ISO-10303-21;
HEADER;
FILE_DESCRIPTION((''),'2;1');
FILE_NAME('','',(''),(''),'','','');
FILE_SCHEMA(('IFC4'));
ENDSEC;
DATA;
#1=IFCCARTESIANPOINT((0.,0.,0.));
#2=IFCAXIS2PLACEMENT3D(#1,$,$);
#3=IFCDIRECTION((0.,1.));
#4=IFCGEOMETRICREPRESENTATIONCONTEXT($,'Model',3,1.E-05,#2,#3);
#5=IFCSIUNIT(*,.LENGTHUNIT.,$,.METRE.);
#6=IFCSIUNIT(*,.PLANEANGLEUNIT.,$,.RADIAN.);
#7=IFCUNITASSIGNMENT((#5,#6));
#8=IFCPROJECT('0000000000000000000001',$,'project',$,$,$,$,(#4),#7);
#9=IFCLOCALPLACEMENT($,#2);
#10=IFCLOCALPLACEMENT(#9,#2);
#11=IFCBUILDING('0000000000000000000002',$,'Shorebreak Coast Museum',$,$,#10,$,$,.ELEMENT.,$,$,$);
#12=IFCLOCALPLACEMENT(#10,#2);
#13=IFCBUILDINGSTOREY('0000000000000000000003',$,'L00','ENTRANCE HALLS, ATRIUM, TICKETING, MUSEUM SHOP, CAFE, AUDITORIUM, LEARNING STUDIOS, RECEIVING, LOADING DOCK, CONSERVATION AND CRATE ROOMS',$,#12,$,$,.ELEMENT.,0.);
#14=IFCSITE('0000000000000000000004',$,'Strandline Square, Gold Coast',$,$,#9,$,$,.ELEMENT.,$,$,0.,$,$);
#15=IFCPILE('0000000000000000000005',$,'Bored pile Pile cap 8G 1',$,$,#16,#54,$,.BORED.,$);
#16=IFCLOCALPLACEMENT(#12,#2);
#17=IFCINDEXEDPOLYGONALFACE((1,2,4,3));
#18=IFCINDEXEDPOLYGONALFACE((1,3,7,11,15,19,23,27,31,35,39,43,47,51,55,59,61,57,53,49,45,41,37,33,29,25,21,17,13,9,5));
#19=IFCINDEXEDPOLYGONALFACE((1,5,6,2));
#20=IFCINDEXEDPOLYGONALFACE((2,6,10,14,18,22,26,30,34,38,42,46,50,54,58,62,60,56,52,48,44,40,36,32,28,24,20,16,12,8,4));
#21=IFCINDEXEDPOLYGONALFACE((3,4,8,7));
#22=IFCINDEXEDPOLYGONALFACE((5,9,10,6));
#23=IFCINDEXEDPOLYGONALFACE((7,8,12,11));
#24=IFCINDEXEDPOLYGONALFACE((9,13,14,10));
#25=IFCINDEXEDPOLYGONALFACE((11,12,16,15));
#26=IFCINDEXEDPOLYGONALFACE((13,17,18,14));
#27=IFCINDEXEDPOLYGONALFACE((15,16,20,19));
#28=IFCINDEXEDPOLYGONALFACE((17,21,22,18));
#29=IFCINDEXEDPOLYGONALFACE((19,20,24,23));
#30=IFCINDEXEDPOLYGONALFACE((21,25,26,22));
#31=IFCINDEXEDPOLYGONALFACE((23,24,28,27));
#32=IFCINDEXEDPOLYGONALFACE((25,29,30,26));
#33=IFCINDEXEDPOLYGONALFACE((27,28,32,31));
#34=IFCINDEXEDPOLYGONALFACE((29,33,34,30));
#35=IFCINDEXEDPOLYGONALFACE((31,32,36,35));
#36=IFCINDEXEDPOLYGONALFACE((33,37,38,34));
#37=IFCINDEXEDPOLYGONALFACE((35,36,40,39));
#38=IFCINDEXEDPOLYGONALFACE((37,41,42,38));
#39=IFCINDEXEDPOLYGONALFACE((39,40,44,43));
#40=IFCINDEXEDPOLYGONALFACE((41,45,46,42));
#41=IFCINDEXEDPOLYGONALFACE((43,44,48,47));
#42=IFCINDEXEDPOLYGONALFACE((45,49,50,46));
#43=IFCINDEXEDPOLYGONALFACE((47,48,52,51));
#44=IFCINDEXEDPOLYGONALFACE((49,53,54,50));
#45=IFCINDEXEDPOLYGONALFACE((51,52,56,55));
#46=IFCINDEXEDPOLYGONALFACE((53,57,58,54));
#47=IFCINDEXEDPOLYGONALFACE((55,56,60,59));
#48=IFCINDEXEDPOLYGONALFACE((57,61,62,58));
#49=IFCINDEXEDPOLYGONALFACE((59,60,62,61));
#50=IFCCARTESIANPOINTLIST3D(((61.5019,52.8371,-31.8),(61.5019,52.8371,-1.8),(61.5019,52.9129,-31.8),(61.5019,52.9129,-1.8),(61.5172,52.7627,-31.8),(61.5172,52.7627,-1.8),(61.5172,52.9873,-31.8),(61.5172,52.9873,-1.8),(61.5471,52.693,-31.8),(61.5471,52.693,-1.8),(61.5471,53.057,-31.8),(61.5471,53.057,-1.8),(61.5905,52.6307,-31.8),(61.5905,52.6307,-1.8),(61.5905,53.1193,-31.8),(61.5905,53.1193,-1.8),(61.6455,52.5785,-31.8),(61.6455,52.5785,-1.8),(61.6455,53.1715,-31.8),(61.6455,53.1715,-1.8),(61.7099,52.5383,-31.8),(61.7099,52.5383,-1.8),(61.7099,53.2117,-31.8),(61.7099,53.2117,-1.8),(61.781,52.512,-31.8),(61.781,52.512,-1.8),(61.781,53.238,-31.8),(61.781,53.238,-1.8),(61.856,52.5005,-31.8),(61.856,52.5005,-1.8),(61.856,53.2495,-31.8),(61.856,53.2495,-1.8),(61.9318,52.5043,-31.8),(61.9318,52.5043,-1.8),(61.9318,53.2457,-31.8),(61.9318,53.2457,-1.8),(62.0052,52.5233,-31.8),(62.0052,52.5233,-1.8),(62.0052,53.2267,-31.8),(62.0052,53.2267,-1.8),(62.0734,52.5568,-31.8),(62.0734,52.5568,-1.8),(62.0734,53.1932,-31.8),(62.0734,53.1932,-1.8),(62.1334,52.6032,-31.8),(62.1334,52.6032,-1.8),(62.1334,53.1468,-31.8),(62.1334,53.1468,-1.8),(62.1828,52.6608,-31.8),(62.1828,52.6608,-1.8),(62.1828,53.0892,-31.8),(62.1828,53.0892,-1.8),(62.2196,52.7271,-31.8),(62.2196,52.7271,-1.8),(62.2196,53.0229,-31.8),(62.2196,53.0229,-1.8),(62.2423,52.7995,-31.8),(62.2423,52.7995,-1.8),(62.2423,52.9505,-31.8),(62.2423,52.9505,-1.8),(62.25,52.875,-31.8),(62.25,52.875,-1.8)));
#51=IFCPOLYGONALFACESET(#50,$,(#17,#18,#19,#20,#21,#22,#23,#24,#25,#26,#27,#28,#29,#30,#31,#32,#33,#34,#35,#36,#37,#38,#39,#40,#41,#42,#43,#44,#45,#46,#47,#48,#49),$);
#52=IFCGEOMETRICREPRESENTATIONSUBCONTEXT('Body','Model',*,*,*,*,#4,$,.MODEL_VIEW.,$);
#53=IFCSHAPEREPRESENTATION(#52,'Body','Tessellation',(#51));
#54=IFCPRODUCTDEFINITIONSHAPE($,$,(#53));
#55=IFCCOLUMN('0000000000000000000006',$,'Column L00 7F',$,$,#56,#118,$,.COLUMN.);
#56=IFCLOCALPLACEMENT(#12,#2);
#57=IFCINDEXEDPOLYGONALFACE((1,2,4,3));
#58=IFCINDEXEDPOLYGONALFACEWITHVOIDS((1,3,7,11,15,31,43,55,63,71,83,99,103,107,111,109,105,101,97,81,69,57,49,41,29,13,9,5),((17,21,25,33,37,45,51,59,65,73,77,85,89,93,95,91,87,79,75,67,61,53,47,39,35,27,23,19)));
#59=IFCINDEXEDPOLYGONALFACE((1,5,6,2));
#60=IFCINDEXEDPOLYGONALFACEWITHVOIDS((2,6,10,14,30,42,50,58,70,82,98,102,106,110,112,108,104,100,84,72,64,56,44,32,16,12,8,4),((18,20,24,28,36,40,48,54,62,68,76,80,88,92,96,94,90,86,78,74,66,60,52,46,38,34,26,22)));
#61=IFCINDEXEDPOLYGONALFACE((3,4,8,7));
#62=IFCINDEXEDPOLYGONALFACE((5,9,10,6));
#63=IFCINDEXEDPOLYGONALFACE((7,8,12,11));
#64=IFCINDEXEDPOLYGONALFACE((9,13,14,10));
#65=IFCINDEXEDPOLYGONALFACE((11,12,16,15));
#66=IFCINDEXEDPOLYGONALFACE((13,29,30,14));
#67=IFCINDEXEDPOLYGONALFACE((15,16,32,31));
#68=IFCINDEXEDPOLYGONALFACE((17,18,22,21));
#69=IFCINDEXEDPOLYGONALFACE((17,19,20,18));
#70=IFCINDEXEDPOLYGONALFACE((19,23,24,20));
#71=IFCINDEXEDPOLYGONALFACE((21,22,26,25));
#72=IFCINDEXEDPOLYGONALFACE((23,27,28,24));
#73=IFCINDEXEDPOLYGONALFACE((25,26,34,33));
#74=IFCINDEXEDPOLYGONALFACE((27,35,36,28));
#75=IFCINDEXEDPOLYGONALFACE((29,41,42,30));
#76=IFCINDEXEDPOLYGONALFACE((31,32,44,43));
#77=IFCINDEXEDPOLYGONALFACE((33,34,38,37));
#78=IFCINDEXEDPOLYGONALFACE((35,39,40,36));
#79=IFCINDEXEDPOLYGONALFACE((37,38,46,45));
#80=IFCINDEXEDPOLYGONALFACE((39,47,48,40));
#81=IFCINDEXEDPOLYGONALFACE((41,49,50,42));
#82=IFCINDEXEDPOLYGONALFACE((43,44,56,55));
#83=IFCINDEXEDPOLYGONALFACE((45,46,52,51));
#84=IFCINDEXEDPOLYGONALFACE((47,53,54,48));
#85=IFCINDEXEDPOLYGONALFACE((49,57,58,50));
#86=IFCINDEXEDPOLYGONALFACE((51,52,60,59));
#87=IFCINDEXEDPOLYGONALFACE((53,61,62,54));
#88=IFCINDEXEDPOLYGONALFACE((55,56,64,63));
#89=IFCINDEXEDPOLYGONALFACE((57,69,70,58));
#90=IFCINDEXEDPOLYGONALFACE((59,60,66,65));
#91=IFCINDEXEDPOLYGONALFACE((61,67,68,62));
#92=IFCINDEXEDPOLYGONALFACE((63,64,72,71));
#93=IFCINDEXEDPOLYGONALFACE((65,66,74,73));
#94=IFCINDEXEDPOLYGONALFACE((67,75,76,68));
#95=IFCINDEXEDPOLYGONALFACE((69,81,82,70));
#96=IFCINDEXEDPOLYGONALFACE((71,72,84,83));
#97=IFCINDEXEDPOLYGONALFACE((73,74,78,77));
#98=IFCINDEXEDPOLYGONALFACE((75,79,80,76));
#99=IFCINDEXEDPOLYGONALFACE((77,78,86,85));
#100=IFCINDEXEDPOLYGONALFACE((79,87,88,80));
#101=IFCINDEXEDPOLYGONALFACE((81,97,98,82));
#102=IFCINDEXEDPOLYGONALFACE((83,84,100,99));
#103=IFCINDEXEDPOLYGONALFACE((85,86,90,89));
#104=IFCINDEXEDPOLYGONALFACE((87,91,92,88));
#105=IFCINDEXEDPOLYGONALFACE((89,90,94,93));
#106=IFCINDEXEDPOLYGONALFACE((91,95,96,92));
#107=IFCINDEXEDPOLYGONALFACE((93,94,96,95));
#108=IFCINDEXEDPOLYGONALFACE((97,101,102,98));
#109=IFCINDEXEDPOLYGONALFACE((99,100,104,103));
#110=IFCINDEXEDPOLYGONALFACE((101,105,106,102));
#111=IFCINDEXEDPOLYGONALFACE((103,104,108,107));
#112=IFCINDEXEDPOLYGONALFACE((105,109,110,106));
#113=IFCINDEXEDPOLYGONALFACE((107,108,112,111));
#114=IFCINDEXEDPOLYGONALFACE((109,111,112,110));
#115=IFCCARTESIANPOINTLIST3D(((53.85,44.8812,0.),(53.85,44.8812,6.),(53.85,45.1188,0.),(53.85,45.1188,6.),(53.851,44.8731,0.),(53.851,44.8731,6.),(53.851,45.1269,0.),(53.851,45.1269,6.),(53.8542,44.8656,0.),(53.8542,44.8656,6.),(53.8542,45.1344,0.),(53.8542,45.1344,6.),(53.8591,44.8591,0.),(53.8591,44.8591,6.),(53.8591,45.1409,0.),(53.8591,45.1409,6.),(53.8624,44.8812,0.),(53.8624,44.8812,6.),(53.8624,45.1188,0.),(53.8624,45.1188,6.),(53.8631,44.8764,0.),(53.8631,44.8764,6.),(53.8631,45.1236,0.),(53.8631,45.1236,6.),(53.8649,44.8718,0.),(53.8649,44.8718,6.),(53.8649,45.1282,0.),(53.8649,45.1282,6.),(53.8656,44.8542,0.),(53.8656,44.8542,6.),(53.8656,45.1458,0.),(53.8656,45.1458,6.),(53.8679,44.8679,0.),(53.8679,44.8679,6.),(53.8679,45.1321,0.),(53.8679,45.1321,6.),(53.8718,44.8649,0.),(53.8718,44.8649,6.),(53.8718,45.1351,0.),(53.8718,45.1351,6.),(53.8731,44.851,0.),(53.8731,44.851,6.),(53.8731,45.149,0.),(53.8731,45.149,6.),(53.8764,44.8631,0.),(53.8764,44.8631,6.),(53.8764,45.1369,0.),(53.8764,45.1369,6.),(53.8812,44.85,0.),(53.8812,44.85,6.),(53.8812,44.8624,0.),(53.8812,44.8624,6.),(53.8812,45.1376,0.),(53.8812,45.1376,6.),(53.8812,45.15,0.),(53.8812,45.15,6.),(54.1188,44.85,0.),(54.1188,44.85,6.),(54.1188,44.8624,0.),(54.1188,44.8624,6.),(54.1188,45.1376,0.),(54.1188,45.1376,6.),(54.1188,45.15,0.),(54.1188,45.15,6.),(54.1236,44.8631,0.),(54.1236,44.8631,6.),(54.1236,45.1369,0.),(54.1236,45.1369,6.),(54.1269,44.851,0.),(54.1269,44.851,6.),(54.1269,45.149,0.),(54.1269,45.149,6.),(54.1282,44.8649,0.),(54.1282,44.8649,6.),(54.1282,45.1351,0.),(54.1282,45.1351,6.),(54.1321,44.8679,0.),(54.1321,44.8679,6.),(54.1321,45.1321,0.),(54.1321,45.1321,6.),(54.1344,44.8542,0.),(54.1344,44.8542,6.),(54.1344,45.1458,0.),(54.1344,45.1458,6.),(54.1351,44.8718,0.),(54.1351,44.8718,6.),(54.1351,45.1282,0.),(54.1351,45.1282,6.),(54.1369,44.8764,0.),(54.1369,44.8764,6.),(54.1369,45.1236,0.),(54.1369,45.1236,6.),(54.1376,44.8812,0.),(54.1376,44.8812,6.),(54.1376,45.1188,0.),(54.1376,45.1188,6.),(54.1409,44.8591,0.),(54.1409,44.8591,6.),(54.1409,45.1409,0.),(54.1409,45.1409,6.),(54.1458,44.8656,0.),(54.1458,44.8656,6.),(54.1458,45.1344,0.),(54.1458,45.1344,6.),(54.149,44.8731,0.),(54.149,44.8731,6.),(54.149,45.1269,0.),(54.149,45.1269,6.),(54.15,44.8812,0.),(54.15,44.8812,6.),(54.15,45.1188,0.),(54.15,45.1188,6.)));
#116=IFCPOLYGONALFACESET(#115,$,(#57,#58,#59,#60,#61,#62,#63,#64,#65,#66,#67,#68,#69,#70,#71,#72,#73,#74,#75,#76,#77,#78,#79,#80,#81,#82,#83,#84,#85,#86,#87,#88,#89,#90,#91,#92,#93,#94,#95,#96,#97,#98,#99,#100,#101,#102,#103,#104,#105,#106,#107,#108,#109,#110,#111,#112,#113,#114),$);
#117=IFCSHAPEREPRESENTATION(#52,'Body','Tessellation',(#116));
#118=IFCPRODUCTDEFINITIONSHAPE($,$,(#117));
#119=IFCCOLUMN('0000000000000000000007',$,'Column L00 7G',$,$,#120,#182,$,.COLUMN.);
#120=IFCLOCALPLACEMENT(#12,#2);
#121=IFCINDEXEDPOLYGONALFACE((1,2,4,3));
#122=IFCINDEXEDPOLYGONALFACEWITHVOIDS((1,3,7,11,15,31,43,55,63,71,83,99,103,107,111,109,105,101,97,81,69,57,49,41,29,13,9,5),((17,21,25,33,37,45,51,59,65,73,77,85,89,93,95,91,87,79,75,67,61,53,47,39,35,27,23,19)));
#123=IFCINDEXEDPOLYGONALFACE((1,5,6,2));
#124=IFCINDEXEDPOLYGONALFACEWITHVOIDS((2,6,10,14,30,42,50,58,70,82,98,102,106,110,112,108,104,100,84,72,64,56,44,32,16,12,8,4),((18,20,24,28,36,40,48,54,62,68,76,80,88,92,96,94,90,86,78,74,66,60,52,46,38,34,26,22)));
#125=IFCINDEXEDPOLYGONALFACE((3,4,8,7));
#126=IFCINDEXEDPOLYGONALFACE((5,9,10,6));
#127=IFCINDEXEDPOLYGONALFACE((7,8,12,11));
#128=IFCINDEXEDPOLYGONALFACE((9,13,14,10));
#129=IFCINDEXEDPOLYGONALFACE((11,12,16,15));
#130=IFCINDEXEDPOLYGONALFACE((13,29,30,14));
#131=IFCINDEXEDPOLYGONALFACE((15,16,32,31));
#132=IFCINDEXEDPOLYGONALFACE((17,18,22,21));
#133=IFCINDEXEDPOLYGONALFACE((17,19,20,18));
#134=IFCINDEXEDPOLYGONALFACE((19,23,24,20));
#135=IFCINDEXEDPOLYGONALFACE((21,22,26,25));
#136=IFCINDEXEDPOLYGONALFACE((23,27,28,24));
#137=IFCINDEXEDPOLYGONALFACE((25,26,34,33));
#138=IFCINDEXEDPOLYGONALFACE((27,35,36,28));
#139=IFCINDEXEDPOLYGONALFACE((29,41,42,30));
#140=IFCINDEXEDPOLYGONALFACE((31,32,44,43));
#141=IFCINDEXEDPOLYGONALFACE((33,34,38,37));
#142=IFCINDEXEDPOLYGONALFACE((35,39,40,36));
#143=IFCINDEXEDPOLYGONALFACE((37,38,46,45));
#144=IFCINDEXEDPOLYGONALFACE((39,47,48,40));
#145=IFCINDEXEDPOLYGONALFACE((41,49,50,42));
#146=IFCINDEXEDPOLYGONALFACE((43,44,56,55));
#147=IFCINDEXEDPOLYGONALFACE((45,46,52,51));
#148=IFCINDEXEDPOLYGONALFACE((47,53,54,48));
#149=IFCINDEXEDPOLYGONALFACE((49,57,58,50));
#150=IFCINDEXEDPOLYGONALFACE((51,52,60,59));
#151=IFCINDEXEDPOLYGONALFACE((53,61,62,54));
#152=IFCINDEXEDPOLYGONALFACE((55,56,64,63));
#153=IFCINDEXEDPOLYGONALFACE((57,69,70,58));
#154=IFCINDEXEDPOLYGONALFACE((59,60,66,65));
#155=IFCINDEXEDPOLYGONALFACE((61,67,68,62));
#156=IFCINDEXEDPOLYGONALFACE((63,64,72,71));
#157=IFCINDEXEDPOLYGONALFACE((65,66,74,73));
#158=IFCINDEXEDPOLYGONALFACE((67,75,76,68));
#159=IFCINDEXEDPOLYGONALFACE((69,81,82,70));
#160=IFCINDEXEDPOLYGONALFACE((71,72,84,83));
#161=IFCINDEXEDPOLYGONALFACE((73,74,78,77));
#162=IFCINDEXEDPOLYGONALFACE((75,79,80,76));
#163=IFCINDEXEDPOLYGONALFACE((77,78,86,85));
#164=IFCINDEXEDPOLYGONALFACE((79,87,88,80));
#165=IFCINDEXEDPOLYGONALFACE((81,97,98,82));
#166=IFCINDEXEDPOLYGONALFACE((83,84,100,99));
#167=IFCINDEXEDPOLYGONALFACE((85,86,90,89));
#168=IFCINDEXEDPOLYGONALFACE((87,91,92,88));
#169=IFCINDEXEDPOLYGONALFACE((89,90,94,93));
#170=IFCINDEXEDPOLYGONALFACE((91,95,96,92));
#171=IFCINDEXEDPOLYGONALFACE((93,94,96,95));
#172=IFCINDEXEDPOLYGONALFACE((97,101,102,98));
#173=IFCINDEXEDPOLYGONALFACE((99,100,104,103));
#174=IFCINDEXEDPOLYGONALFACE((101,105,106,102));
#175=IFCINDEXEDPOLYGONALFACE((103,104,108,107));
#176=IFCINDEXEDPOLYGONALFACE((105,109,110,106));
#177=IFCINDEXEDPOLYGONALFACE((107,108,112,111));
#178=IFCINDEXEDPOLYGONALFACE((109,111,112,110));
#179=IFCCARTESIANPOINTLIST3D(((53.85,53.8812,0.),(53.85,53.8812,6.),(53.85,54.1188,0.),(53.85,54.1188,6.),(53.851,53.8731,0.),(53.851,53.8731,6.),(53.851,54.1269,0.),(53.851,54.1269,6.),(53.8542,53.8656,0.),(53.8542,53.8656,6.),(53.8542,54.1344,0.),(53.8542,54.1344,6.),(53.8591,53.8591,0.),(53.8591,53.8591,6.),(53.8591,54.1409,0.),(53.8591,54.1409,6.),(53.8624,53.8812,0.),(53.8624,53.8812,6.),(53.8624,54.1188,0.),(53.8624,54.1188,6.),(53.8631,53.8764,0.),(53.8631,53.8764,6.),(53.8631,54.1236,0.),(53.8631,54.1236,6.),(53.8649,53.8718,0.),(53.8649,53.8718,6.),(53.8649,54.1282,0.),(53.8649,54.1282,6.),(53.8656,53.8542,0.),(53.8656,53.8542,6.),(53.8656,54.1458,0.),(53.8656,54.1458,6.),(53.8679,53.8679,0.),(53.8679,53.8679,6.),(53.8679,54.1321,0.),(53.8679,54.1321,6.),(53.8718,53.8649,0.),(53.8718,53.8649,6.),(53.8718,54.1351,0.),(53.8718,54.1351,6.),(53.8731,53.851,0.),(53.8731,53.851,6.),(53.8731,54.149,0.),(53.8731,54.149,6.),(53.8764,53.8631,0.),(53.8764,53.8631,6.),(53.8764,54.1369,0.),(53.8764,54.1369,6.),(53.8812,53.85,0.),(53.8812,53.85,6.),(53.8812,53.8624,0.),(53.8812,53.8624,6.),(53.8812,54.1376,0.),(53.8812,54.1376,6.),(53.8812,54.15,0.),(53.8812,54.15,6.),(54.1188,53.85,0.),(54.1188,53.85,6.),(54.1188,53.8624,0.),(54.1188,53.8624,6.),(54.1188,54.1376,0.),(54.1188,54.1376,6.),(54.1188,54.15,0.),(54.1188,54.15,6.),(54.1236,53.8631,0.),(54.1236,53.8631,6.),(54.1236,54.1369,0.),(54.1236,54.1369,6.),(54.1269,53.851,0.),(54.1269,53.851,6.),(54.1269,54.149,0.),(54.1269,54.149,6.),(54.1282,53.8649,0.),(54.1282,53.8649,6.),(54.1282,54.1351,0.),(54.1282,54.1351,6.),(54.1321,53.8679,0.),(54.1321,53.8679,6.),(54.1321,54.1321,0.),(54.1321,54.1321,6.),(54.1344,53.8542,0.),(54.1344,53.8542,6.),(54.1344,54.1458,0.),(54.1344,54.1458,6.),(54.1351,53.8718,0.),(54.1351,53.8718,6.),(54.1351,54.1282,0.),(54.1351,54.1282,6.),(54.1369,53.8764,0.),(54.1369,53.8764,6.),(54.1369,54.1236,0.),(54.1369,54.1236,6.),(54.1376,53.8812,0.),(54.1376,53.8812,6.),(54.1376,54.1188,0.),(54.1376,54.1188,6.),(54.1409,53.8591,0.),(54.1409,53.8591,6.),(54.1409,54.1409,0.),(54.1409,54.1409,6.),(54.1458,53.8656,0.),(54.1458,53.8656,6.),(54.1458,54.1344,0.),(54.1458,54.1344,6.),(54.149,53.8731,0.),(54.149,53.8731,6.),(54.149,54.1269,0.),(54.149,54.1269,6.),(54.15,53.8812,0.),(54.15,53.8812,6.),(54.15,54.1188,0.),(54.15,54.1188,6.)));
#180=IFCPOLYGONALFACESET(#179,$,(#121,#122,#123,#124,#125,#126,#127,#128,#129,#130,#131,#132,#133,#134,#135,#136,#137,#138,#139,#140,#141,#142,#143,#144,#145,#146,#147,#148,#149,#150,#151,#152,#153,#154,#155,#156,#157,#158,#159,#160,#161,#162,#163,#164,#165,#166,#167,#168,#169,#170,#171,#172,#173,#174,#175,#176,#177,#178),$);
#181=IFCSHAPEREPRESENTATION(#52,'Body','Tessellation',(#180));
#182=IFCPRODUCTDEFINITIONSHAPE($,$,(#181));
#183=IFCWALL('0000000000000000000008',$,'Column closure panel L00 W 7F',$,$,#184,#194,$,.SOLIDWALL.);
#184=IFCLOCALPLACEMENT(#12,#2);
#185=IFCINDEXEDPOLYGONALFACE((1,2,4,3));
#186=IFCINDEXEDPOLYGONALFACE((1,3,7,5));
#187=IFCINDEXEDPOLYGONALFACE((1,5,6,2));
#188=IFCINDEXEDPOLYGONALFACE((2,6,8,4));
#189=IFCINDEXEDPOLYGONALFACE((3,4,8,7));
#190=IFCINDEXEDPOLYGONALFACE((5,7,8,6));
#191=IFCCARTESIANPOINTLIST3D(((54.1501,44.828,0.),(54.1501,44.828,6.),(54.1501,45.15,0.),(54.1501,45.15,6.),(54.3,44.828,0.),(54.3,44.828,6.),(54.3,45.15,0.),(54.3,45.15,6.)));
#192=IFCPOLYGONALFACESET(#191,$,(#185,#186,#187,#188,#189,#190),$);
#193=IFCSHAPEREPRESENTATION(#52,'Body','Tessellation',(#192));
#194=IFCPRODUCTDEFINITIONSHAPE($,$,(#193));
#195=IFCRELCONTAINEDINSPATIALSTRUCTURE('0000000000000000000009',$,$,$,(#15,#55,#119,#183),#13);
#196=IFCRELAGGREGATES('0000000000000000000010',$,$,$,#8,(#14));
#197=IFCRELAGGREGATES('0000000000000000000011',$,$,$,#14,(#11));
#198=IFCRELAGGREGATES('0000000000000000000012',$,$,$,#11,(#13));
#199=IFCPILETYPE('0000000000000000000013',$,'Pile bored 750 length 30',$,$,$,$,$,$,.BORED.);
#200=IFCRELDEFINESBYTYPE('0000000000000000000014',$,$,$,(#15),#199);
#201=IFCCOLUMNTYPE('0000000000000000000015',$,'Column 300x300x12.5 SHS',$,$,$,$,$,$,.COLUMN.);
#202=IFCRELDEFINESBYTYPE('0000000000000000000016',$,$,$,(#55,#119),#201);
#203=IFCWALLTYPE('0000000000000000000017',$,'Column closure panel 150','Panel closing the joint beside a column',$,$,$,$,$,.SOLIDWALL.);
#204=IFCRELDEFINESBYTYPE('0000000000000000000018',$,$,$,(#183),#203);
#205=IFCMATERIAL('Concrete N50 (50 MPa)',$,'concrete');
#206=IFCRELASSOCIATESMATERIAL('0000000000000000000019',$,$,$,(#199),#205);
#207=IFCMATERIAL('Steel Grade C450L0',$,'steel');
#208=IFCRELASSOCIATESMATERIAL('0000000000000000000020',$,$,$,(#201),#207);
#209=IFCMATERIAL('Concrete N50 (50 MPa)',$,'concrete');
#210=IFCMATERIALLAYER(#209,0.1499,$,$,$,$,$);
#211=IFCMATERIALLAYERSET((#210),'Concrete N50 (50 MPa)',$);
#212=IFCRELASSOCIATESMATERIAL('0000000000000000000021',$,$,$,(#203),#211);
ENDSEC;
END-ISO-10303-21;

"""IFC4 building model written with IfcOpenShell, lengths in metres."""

from ifc_helpers import new_model, si_unit, direction, frame, frame_2d, origin, origin_2d, place, context, subcontext, project, spatial, rectangle, hollow_rectangle, circle, extrude, material, layer, layer_set, material_profile, profile_set, type_object, element, save


model = new_model("IFC4")

# Units and contexts
model_context = context("Model", 3, precision=1e-05, world=origin(), true_north=direction((0.0, 1.0)))
body_context = subcontext(model_context, "Body", "Model", "MODEL_VIEW")
ifc_project = project(units=[si_unit("LENGTHUNIT", "METRE"), si_unit("PLANEANGLEUNIT", "RADIAN")], contexts=[model_context])

# Site, building, storey
site_placement = place(None, origin())
site = spatial("IfcSite", under=ifc_project, at=site_placement, Name="Strandline Square, Gold Coast", CompositionType="ELEMENT", RefElevation=0.0)
building_placement = place(site_placement, origin())
building = spatial("IfcBuilding", under=site, at=building_placement, Name="Shorebreak Coast Museum", CompositionType="ELEMENT")
storey_placement = place(building_placement, origin())
storey = spatial("IfcBuildingStorey", under=building, at=storey_placement, Name="L00", Description="ENTRANCE HALLS, ATRIUM, TICKETING, MUSEUM SHOP, CAFE, AUDITORIUM, LEARNING STUDIOS, RECEIVING, LOADING DOCK, CONSERVATION AND CRATE ROOMS", CompositionType="ELEMENT", Elevation=0.0)

# Pile
ifc_material_1 = material(Name="Concrete N50 (50 MPa)", Category="concrete")
ifc_material_profile_1 = material_profile(ifc_material_1, circle(Radius=0.375, at=origin_2d()), Name="Pile bored 750 length 30")
ifc_profile_set_1 = profile_set([ifc_material_profile_1], Name="Concrete N50 (50 MPa)")
pile_type_1 = type_object("IfcPileType", Name="Pile bored 750 length 30", PredefinedType="BORED", material=ifc_profile_set_1)
for number, where, z_axis, x_axis, name in (
    (1, (61.875, 52.875, -1.8), (0.0, 0.0, -1.0), (1.0, 0.0, 0.0), "Bored pile Pile cap 8G 1"),
):
    element("IfcPile", number, at=place(storey_placement, frame(where, z_axis=z_axis, x_axis=x_axis)), inside=storey, type_object=pile_type_1, Name=name, PredefinedType="BORED", context=body_context, shape_type="SweptSolid", body=[
        extrude(circle(Radius=0.375, at=origin_2d()), origin(), (0.0, 0.0, 1.0), 30.0),
    ])

# Columns
ifc_material_2 = material(Name="Steel Grade C450L0", Category="steel")
ifc_material_profile_2 = material_profile(ifc_material_2, hollow_rectangle(XDim=0.3, YDim=0.3, WallThickness=0.0125, InnerFilletRadius=0.0188, OuterFilletRadius=0.0312, at=origin_2d()), Name="300x300x12.5 SHS")
ifc_profile_set_2 = profile_set([ifc_material_profile_2], Name="Steel Grade C450L0")
column_type = type_object("IfcColumnType", Name="Column 300x300x12.5 SHS", PredefinedType="COLUMN", material=ifc_profile_set_2)
for number, where, z_axis, x_axis, name in (
    (2, (54.0, 45.0, 0.0), (0.0, 0.0, 1.0), (1.0, 0.0, 0.0), "Column L00 7F"),
    (3, (54.0, 54.0, 0.0), (0.0, 0.0, 1.0), (1.0, 0.0, 0.0), "Column L00 7G"),
):
    element("IfcColumn", number, at=place(storey_placement, frame(where, z_axis=z_axis, x_axis=x_axis)), inside=storey, type_object=column_type, Name=name, PredefinedType="COLUMN", context=body_context, shape_type="SweptSolid", body=[
        extrude(hollow_rectangle(XDim=0.3, YDim=0.3, WallThickness=0.0125, InnerFilletRadius=0.0188, OuterFilletRadius=0.0312, at=origin_2d()), origin(), (0.0, 0.0, 1.0), 6.0),
    ])

# Wall
ifc_material_3 = material(Name="Concrete N50 (50 MPa)", Category="concrete")
ifc_layer_1 = layer(ifc_material_3, 0.1499)
ifc_layer_set_1 = layer_set([ifc_layer_1], Name="Concrete N50 (50 MPa)")
wall_type_1 = type_object("IfcWallType", Name="Column closure panel 150", Description="Panel closing the joint beside a column", PredefinedType="SOLIDWALL", material=ifc_layer_set_1)
wall_1_placement = place(storey_placement, frame((54.2251, 44.8279, 0.0), z_axis=(0.0, 0.0, 1.0), x_axis=(0.0, 1.0, 0.0)))
element("IfcWall", 4, at=wall_1_placement, inside=storey, type_object=wall_type_1, Name="Column closure panel L00 W 7F", PredefinedType="SOLIDWALL", context=body_context, shape_type="SweptSolid", body=[
    extrude(rectangle(XDim=0.322, YDim=0.1499, at=frame_2d((0.1611, 0.0))), origin(), (0.0, 0.0, 1.0), 6.0),
])

save(model, "model.ifc")
